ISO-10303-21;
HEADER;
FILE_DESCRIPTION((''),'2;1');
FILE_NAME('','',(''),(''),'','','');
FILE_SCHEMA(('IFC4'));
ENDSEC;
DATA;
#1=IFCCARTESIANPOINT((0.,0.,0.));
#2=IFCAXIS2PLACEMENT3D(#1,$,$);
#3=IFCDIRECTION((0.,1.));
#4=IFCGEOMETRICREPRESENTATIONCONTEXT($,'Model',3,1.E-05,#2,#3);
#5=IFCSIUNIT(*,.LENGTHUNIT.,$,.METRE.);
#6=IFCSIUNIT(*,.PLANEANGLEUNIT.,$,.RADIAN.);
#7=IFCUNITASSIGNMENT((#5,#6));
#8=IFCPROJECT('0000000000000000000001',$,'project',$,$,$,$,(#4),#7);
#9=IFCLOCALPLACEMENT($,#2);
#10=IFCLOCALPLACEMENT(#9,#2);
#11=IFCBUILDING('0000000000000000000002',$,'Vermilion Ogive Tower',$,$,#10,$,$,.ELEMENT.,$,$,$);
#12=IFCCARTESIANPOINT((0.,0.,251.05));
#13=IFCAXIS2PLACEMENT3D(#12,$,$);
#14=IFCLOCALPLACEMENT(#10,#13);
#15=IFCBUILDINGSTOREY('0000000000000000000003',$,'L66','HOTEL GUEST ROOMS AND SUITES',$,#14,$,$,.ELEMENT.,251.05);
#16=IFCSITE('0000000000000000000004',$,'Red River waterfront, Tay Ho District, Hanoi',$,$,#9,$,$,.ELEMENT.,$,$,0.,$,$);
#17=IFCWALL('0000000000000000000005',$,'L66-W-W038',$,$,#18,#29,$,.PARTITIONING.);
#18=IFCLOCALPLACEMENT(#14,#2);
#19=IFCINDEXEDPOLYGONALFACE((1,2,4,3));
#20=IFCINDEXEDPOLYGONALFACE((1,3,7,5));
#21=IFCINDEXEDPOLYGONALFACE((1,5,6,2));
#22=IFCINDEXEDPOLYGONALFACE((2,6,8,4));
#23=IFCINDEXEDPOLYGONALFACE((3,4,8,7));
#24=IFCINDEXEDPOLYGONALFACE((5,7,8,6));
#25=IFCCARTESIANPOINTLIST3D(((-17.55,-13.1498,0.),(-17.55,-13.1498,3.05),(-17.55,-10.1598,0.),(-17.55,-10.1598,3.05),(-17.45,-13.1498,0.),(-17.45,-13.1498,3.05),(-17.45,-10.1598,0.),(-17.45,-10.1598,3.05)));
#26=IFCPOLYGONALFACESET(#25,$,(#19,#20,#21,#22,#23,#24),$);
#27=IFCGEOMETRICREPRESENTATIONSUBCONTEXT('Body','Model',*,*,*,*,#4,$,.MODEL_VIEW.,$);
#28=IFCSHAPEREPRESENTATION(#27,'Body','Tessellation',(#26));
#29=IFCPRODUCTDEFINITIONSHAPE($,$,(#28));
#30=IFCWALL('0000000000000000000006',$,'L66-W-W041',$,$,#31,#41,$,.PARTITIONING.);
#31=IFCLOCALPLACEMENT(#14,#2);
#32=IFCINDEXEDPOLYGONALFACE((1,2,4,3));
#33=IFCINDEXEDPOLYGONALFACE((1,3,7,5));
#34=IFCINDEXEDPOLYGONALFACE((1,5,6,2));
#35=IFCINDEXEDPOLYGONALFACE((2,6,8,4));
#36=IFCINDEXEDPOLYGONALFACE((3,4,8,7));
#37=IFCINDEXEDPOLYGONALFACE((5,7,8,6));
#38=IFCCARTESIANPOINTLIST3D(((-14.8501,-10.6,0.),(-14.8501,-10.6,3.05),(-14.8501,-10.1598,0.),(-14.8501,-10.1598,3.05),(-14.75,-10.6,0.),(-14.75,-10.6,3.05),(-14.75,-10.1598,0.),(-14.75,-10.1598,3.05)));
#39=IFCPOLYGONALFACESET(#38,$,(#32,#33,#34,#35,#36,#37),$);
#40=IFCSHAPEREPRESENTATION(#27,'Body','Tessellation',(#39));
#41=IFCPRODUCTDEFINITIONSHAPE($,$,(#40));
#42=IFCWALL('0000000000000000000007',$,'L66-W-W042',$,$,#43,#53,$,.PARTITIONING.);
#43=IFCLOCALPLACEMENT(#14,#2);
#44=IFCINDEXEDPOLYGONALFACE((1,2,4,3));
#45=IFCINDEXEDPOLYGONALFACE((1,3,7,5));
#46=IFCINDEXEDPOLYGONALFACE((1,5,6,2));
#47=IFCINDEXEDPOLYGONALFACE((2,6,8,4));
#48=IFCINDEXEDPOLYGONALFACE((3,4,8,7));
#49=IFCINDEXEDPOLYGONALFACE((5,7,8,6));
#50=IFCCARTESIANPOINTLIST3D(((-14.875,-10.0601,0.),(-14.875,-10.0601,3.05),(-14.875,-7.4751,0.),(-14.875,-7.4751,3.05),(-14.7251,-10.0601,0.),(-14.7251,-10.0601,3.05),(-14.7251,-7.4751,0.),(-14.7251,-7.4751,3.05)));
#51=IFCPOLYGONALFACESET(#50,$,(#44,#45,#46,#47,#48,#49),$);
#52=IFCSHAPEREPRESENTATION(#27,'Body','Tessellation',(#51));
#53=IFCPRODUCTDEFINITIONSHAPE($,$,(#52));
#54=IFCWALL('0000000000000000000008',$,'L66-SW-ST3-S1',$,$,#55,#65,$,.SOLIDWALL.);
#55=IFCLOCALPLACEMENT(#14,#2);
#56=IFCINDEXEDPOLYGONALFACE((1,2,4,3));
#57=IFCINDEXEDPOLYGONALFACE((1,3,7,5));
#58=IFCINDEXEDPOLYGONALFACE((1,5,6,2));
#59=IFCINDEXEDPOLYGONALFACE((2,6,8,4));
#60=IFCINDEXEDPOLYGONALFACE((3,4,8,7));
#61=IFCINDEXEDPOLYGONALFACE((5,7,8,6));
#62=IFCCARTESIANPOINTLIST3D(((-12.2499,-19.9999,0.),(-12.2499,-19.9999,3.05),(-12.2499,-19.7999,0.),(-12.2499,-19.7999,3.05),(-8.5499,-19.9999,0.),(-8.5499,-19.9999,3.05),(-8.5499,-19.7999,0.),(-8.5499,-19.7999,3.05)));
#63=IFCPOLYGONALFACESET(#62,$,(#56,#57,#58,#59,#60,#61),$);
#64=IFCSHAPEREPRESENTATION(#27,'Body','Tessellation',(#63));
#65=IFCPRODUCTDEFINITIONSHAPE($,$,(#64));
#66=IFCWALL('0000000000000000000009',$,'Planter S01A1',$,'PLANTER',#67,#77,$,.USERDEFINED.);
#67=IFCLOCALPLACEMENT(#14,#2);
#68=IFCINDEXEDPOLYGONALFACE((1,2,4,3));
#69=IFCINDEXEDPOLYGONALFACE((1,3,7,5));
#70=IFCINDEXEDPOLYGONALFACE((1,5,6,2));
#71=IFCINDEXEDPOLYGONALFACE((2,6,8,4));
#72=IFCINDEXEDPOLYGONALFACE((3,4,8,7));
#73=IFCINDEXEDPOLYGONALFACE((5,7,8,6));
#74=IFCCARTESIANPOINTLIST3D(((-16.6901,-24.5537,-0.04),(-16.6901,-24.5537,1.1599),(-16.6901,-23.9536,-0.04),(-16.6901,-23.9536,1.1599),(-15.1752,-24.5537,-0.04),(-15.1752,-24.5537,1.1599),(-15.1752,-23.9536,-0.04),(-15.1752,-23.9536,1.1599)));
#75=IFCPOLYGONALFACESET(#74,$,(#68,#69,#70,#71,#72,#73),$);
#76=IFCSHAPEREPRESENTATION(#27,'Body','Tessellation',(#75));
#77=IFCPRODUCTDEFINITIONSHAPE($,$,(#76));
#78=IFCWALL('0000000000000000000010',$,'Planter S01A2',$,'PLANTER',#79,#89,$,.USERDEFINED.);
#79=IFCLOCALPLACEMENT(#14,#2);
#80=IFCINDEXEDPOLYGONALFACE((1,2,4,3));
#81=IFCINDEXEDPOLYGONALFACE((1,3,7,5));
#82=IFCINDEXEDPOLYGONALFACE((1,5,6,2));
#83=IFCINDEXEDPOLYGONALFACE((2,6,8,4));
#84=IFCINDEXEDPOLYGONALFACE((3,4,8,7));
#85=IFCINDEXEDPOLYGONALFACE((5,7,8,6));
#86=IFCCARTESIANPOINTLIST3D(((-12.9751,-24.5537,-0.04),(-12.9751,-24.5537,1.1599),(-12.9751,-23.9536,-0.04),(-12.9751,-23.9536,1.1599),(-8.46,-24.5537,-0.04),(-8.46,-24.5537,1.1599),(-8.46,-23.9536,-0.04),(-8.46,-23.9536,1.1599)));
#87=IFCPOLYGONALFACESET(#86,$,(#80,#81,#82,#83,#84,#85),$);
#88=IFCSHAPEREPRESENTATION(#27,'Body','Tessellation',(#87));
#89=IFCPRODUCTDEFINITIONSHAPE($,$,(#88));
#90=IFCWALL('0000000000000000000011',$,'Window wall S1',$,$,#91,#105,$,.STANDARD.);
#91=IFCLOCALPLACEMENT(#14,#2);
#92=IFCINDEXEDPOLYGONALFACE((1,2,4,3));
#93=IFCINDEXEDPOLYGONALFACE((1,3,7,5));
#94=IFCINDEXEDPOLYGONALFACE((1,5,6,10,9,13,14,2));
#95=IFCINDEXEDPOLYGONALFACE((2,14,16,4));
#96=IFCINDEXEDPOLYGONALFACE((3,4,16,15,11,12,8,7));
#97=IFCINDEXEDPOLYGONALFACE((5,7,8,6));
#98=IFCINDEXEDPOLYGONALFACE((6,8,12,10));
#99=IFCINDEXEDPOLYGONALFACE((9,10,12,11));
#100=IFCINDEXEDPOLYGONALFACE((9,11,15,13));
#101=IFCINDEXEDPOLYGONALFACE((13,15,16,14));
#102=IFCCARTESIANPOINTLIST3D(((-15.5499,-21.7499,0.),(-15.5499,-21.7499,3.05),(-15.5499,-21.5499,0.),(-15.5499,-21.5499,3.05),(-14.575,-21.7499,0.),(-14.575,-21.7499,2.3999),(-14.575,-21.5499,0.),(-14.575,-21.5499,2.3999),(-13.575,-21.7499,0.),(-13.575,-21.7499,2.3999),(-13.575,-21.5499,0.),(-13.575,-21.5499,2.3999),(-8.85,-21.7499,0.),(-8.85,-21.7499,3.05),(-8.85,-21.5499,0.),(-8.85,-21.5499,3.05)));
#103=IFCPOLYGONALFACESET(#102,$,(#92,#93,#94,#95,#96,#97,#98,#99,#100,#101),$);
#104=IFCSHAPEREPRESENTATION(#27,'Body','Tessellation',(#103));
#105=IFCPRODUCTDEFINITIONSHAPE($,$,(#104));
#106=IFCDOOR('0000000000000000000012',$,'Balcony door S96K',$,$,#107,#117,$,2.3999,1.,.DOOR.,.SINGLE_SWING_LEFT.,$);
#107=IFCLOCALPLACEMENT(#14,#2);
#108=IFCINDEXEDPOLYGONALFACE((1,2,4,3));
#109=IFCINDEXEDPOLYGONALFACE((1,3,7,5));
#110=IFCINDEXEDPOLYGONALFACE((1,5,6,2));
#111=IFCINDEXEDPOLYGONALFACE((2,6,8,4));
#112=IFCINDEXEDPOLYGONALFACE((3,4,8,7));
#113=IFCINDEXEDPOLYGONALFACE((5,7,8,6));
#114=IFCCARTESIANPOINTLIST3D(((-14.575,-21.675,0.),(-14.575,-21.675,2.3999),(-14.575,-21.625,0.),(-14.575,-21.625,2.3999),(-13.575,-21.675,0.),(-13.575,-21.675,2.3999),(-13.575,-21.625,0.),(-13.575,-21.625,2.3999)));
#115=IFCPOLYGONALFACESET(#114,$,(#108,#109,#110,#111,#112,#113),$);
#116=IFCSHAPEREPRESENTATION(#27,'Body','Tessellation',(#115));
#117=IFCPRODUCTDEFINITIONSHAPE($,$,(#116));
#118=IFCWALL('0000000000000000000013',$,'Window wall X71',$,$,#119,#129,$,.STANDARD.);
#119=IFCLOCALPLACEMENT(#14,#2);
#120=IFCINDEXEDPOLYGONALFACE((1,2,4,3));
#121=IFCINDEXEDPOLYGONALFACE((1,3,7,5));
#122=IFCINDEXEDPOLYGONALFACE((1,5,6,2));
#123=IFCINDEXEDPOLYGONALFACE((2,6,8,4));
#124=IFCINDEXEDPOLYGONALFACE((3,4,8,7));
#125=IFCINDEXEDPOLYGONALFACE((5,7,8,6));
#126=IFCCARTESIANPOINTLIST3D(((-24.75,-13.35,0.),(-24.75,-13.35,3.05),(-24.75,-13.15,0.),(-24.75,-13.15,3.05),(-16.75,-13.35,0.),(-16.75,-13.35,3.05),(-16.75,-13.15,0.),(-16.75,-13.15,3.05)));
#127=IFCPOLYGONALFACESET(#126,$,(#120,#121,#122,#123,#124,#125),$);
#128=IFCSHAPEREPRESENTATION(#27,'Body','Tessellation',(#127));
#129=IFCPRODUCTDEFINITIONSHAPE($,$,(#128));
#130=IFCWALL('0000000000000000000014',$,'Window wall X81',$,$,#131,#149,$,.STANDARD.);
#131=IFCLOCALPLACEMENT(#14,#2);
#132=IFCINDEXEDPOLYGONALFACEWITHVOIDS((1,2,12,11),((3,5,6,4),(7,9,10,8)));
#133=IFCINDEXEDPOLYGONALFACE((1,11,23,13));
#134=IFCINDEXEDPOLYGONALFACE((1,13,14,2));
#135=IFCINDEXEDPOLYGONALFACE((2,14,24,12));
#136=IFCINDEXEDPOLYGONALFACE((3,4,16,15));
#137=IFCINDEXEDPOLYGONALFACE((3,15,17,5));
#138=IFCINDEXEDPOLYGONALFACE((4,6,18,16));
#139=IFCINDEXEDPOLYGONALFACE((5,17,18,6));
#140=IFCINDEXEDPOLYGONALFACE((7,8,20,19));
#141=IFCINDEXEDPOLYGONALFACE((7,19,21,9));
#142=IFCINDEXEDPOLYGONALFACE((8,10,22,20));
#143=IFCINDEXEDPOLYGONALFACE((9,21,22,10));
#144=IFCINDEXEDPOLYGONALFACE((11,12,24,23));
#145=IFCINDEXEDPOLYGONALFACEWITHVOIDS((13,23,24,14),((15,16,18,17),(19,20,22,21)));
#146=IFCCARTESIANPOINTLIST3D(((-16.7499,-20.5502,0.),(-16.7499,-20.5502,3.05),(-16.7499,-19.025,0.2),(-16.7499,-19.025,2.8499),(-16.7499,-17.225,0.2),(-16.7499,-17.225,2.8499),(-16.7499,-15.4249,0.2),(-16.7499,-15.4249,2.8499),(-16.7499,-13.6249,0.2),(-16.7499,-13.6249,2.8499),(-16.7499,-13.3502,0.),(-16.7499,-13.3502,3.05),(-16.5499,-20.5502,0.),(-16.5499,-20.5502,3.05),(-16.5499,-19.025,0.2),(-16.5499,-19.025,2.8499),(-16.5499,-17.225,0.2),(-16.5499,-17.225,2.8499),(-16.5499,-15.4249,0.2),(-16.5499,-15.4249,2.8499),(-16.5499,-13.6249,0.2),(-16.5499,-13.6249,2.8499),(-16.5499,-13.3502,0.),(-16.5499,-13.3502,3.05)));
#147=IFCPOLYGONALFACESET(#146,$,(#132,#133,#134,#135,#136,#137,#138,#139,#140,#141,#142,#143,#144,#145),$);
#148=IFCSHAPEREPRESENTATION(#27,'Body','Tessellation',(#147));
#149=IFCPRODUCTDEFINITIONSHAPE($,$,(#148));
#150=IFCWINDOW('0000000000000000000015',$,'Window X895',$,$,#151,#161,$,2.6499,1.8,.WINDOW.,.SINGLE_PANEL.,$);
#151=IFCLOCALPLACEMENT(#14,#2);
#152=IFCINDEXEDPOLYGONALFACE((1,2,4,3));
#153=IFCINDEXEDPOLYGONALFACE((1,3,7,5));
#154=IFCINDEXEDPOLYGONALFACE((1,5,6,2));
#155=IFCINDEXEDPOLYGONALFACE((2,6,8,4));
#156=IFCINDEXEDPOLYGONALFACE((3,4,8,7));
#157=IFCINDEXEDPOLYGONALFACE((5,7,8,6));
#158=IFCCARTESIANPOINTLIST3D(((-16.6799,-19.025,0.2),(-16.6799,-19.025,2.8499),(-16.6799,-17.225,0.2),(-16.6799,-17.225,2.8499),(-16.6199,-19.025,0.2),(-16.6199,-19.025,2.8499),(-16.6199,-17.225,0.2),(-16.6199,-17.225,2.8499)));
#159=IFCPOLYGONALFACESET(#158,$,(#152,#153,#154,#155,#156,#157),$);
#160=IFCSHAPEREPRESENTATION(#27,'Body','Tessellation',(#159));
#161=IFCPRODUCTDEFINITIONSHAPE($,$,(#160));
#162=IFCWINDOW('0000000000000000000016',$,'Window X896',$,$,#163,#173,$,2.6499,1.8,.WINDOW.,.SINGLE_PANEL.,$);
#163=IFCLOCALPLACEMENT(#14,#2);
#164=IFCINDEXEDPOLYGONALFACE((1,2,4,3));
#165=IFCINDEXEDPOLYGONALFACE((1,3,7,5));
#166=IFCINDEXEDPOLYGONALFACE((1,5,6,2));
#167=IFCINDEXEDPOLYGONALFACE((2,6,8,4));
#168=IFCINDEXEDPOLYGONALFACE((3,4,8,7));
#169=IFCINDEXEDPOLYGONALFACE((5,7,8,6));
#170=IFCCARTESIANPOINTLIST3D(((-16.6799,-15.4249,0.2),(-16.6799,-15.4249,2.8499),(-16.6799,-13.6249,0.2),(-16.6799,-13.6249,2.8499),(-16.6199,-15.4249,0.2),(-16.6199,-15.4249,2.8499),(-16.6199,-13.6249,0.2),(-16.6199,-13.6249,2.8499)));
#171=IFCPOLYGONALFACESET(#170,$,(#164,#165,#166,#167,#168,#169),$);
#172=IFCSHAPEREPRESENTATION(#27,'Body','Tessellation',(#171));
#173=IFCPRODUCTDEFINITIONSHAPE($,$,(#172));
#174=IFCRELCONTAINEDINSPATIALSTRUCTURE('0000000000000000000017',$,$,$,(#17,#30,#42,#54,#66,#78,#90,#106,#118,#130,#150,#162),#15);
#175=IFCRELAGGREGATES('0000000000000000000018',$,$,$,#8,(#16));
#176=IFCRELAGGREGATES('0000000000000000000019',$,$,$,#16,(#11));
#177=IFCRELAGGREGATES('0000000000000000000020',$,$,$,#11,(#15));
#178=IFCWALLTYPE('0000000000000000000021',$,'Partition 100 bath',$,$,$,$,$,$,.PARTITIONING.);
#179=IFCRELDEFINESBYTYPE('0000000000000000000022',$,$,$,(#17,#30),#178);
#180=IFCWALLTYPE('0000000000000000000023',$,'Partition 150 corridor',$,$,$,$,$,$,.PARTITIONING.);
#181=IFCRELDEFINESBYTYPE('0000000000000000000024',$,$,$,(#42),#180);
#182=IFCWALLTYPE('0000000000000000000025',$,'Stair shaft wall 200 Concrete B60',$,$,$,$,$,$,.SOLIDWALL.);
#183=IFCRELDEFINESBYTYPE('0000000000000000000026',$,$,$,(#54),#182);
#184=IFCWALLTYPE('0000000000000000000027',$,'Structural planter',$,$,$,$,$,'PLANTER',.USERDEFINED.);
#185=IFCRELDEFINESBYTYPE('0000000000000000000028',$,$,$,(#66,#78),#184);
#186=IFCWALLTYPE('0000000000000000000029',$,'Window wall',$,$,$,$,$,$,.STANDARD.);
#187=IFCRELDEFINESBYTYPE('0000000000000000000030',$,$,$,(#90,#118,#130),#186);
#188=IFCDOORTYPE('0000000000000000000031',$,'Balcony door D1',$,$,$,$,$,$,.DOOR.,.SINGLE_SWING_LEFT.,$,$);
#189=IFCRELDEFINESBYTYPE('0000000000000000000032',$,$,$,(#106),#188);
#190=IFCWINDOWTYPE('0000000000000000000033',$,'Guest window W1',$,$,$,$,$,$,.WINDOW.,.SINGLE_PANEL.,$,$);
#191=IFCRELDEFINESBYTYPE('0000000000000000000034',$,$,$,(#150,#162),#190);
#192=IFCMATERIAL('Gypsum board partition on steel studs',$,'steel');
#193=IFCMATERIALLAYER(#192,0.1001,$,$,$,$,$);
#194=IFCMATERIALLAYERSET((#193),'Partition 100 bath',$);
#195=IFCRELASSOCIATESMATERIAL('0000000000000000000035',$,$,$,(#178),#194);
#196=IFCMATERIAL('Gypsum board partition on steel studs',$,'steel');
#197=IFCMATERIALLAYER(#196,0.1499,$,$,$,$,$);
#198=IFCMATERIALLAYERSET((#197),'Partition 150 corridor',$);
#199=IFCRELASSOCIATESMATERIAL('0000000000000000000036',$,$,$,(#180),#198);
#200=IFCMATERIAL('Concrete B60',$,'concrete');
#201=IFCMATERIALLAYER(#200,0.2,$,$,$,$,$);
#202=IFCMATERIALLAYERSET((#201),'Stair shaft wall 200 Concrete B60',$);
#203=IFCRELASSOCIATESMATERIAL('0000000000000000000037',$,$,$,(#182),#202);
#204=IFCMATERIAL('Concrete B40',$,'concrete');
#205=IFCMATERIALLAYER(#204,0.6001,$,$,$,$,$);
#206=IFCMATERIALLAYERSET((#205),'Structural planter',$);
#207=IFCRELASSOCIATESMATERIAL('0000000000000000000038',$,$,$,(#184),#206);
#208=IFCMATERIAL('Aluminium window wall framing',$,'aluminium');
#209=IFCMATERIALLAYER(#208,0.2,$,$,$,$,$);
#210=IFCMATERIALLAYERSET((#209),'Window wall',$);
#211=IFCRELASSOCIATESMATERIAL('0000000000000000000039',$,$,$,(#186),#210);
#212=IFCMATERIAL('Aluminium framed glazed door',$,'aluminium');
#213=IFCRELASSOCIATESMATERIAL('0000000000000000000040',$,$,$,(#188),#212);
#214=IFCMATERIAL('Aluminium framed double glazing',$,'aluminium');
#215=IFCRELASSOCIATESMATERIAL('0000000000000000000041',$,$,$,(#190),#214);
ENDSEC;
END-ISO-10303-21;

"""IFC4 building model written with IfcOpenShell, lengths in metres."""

from ifc_helpers import new_model, si_unit, direction, frame, frame_2d, origin, place, context, subcontext, project, spatial, rectangle, extrude, material, layer, layer_set, type_object, element, fill, save


model = new_model("IFC4")

# Units and contexts
model_context = context("Model", 3, precision=1e-05, world=origin(), true_north=direction((0.0, 1.0)))
body_context = subcontext(model_context, "Body", "Model", "MODEL_VIEW")
ifc_project = project(units=[si_unit("LENGTHUNIT", "METRE"), si_unit("PLANEANGLEUNIT", "RADIAN")], contexts=[model_context])

# Site, building, storey
site_placement = place(None, origin())
site = spatial("IfcSite", under=ifc_project, at=site_placement, Name="Red River waterfront, Tay Ho District, Hanoi", CompositionType="ELEMENT", RefElevation=0.0)
building_placement = place(site_placement, origin())
building = spatial("IfcBuilding", under=site, at=building_placement, Name="Vermilion Ogive Tower", CompositionType="ELEMENT")
storey_placement = place(building_placement, frame((0.0, 0.0, 251.05)))
storey = spatial("IfcBuildingStorey", under=building, at=storey_placement, Name="L66", Description="HOTEL GUEST ROOMS AND SUITES", CompositionType="ELEMENT", Elevation=251.05)

# Shared definitions
ifc_material_1 = material(Name="Gypsum board partition on steel studs", Category="steel")
ifc_layer_1 = layer(ifc_material_1, 0.1001)
ifc_layer_set_1 = layer_set([ifc_layer_1], Name="Partition 100 bath")
wall_type_1 = type_object("IfcWallType", Name="Partition 100 bath", PredefinedType="PARTITIONING", material=ifc_layer_set_1)

# Walls
wall_1_placement = place(storey_placement, frame((-17.5, -13.1499, 0.0), z_axis=(0.0, 0.0, 1.0), x_axis=(0.0, 1.0, 0.0)))
element("IfcWall", 1, at=wall_1_placement, inside=storey, type_object=wall_type_1, Name="L66-W-W038", PredefinedType="PARTITIONING", context=body_context, shape_type="SweptSolid", body=[
    extrude(rectangle(XDim=2.99, YDim=0.1001, at=frame_2d((1.4951, 0.0))), origin(), (0.0, 0.0, 1.0), 3.05),
])
wall_2_placement = place(storey_placement, frame((-14.8, -10.6001, 0.0), z_axis=(0.0, 0.0, 1.0), x_axis=(0.0, 1.0, 0.0)))
element("IfcWall", 2, at=wall_2_placement, inside=storey, type_object=wall_type_1, Name="L66-W-W041", PredefinedType="PARTITIONING", context=body_context, shape_type="SweptSolid", body=[
    extrude(rectangle(XDim=0.4402, YDim=0.1001, at=frame_2d((0.2202, 0.0))), origin(), (0.0, 0.0, 1.0), 3.05),
])
ifc_material_2 = material(Name="Gypsum board partition on steel studs", Category="steel")
ifc_layer_2 = layer(ifc_material_2, 0.1499)
ifc_layer_set_2 = layer_set([ifc_layer_2], Name="Partition 150 corridor")
wall_type_2 = type_object("IfcWallType", Name="Partition 150 corridor", PredefinedType="PARTITIONING", material=ifc_layer_set_2)
wall_3_placement = place(storey_placement, frame((-14.8, -10.0601, 0.0), z_axis=(0.0, 0.0, 1.0), x_axis=(0.0, 1.0, 0.0)))
element("IfcWall", 3, at=wall_3_placement, inside=storey, type_object=wall_type_2, Name="L66-W-W042", PredefinedType="PARTITIONING", context=body_context, shape_type="SweptSolid", body=[
    extrude(rectangle(XDim=2.585, YDim=0.1499, at=frame_2d((1.2925, 0.0))), origin(), (0.0, 0.0, 1.0), 3.05),
])
ifc_material_3 = material(Name="Concrete B60", Category="concrete")
ifc_layer_3 = layer(ifc_material_3, 0.2)
ifc_layer_set_3 = layer_set([ifc_layer_3], Name="Stair shaft wall 200 Concrete B60")
wall_type_3 = type_object("IfcWallType", Name="Stair shaft wall 200 Concrete B60", PredefinedType="SOLIDWALL", material=ifc_layer_set_3)
wall_4_placement = place(storey_placement, frame((-12.25, -19.8999, 0.0), z_axis=(0.0, 0.0, 1.0), x_axis=(1.0, 0.0, 0.0)))
element("IfcWall", 4, at=wall_4_placement, inside=storey, type_object=wall_type_3, Name="L66-SW-ST3-S1", PredefinedType="SOLIDWALL", context=body_context, shape_type="SweptSolid", body=[
    extrude(rectangle(XDim=3.7, YDim=0.2, at=frame_2d((1.8501, 0.0))), origin(), (0.0, 0.0, 1.0), 3.05),
])
ifc_material_4 = material(Name="Concrete B40", Category="concrete")
ifc_layer_4 = layer(ifc_material_4, 0.6001)
ifc_layer_set_4 = layer_set([ifc_layer_4], Name="Structural planter")
wall_type_4 = type_object("IfcWallType", Name="Structural planter", ElementType="PLANTER", PredefinedType="USERDEFINED", material=ifc_layer_set_4)
wall_5_placement = place(storey_placement, frame((-16.6899, -24.2537, -0.04), z_axis=(0.0, 0.0, 1.0), x_axis=(1.0, 0.0, 0.0)))
element("IfcWall", 5, at=wall_5_placement, inside=storey, type_object=wall_type_4, Name="Planter S01A1", ObjectType="PLANTER", PredefinedType="USERDEFINED", context=body_context, shape_type="SweptSolid", body=[
    extrude(rectangle(XDim=1.5149, YDim=0.6001, at=frame_2d((0.7573, 0.0))), origin(), (0.0, 0.0, 1.0), 1.2),
])
wall_6_placement = place(storey_placement, frame((-12.9751, -24.2537, -0.04), z_axis=(0.0, 0.0, 1.0), x_axis=(1.0, 0.0, 0.0)))
element("IfcWall", 6, at=wall_6_placement, inside=storey, type_object=wall_type_4, Name="Planter S01A2", ObjectType="PLANTER", PredefinedType="USERDEFINED", context=body_context, shape_type="SweptSolid", body=[
    extrude(rectangle(XDim=4.5151, YDim=0.6001, at=frame_2d((2.2576, 0.0))), origin(), (0.0, 0.0, 1.0), 1.2),
])

# Wall, opening, door
ifc_material_5 = material(Name="Aluminium window wall framing", Category="aluminium")
ifc_layer_5 = layer(ifc_material_5, 0.2)
ifc_layer_set_5 = layer_set([ifc_layer_5], Name="Window wall")
wall_type_5 = type_object("IfcWallType", Name="Window wall", PredefinedType="STANDARD", material=ifc_layer_set_5)
wall_7_placement = place(storey_placement, frame((-15.55, -21.6499, 0.0), z_axis=(0.0, 0.0, 1.0), x_axis=(1.0, 0.0, 0.0)))
wall_7 = element("IfcWall", 7, at=wall_7_placement, inside=storey, type_object=wall_type_5, Name="Window wall S1", PredefinedType="STANDARD", context=body_context, shape_type="SweptSolid", body=[
    extrude(rectangle(XDim=6.7, YDim=0.2, at=frame_2d((3.3501, 0.0))), origin(), (0.0, 0.0, 1.0), 3.05),
])
opening_1_placement = place(wall_7_placement, frame((0.9751, 0.0, 0.0)))
opening_1 = element("IfcOpeningElement", 8, at=opening_1_placement, cuts=wall_7, PredefinedType="OPENING", context=body_context, shape_type="SweptSolid", body=[
    extrude(rectangle(XDim=1.0, YDim=2.3999, at=frame_2d((0.5, 1.2))), frame((0.0, 0.1099, 0.0), z_axis=(0.0, -1.0, 0.0), x_axis=(1.0, 0.0, 0.0)), (0.0, 0.0, 1.0), 0.22),
])
ifc_material_6 = material(Name="Aluminium framed glazed door", Category="aluminium")
door_type_1 = type_object("IfcDoorType", Name="Balcony door D1", OperationType="SINGLE_SWING_LEFT", PredefinedType="DOOR", material=ifc_material_6)
door_1_placement = place(opening_1_placement, origin())
door_1 = element("IfcDoor", 9, at=door_1_placement, inside=storey, type_object=door_type_1, Name="Balcony door S96K", OperationType="SINGLE_SWING_LEFT", OverallHeight=2.3999, OverallWidth=1.0, PredefinedType="DOOR", context=body_context, shape_type="SweptSolid", body=[
    extrude(rectangle(XDim=1.0, YDim=2.3999, at=frame_2d((0.5, 1.2))), frame((0.0, 0.0249, 0.0), z_axis=(0.0, -1.0, 0.0), x_axis=(1.0, 0.0, 0.0)), (0.0, 0.0, 1.0), 0.05),
])
fill(opening_1, door_1)

# Wall
wall_8_placement = place(storey_placement, frame((-24.75, -13.25, 0.0), z_axis=(0.0, 0.0, 1.0), x_axis=(1.0, 0.0, 0.0)))
element("IfcWall", 10, at=wall_8_placement, inside=storey, type_object=wall_type_5, Name="Window wall X71", PredefinedType="STANDARD", context=body_context, shape_type="SweptSolid", body=[
    extrude(rectangle(XDim=8.0, YDim=0.2, at=frame_2d((4.0, 0.0))), origin(), (0.0, 0.0, 1.0), 3.05),
])

# Wall, openings, windows
wall_9_placement = place(storey_placement, frame((-16.6499, -13.3501, 0.0), z_axis=(0.0, 0.0, 1.0), x_axis=(0.0, -1.0, 0.0)))
wall_9 = element("IfcWall", 11, at=wall_9_placement, inside=storey, type_object=wall_type_5, Name="Window wall X81", PredefinedType="STANDARD", context=body_context, shape_type="SweptSolid", body=[
    extrude(rectangle(XDim=7.2, YDim=0.2, at=frame_2d((3.6001, 0.0))), origin(), (0.0, 0.0, 1.0), 3.05),
])
opening_2_placement = place(wall_9_placement, frame((3.875, 0.0, 0.2)))
opening_2 = element("IfcOpeningElement", 12, at=opening_2_placement, cuts=wall_9, PredefinedType="OPENING", context=body_context, shape_type="SweptSolid", body=[
    extrude(rectangle(XDim=1.8, YDim=2.6499, at=frame_2d((0.8999, 1.325))), frame((0.0, 0.1099, 0.0), z_axis=(0.0, -1.0, 0.0), x_axis=(1.0, 0.0, 0.0)), (0.0, 0.0, 1.0), 0.22),
])
opening_3_placement = place(wall_9_placement, frame((0.2749, 0.0, 0.2)))
opening_3 = element("IfcOpeningElement", 13, at=opening_3_placement, cuts=wall_9, PredefinedType="OPENING", context=body_context, shape_type="SweptSolid", body=[
    extrude(rectangle(XDim=1.8, YDim=2.6499, at=frame_2d((0.8999, 1.325))), frame((0.0, 0.1099, 0.0), z_axis=(0.0, -1.0, 0.0), x_axis=(1.0, 0.0, 0.0)), (0.0, 0.0, 1.0), 0.22),
])
ifc_material_7 = material(Name="Aluminium framed double glazing", Category="aluminium")
window_type = type_object("IfcWindowType", Name="Guest window W1", PartitioningType="SINGLE_PANEL", PredefinedType="WINDOW", material=ifc_material_7)
window_1_placement = place(opening_2_placement, origin())
window_1 = element("IfcWindow", 14, at=window_1_placement, inside=storey, type_object=window_type, Name="Window X895", OverallHeight=2.6499, OverallWidth=1.8, PartitioningType="SINGLE_PANEL", PredefinedType="WINDOW", context=body_context, shape_type="SweptSolid", body=[
    extrude(rectangle(XDim=1.8, YDim=2.6499, at=frame_2d((0.8999, 1.325))), frame((0.0, 0.03, 0.0), z_axis=(0.0, -1.0, 0.0), x_axis=(1.0, 0.0, 0.0)), (0.0, 0.0, 1.0), 0.0601),
])
fill(opening_2, window_1)
window_2_placement = place(opening_3_placement, origin())
window_2 = element("IfcWindow", 15, at=window_2_placement, inside=storey, type_object=window_type, Name="Window X896", OverallHeight=2.6499, OverallWidth=1.8, PartitioningType="SINGLE_PANEL", PredefinedType="WINDOW", context=body_context, shape_type="SweptSolid", body=[
    extrude(rectangle(XDim=1.8, YDim=2.6499, at=frame_2d((0.8999, 1.325))), frame((0.0, 0.03, 0.0), z_axis=(0.0, -1.0, 0.0), x_axis=(1.0, 0.0, 0.0)), (0.0, 0.0, 1.0), 0.0601),
])
fill(opening_3, window_2)

save(model, "model.ifc")
